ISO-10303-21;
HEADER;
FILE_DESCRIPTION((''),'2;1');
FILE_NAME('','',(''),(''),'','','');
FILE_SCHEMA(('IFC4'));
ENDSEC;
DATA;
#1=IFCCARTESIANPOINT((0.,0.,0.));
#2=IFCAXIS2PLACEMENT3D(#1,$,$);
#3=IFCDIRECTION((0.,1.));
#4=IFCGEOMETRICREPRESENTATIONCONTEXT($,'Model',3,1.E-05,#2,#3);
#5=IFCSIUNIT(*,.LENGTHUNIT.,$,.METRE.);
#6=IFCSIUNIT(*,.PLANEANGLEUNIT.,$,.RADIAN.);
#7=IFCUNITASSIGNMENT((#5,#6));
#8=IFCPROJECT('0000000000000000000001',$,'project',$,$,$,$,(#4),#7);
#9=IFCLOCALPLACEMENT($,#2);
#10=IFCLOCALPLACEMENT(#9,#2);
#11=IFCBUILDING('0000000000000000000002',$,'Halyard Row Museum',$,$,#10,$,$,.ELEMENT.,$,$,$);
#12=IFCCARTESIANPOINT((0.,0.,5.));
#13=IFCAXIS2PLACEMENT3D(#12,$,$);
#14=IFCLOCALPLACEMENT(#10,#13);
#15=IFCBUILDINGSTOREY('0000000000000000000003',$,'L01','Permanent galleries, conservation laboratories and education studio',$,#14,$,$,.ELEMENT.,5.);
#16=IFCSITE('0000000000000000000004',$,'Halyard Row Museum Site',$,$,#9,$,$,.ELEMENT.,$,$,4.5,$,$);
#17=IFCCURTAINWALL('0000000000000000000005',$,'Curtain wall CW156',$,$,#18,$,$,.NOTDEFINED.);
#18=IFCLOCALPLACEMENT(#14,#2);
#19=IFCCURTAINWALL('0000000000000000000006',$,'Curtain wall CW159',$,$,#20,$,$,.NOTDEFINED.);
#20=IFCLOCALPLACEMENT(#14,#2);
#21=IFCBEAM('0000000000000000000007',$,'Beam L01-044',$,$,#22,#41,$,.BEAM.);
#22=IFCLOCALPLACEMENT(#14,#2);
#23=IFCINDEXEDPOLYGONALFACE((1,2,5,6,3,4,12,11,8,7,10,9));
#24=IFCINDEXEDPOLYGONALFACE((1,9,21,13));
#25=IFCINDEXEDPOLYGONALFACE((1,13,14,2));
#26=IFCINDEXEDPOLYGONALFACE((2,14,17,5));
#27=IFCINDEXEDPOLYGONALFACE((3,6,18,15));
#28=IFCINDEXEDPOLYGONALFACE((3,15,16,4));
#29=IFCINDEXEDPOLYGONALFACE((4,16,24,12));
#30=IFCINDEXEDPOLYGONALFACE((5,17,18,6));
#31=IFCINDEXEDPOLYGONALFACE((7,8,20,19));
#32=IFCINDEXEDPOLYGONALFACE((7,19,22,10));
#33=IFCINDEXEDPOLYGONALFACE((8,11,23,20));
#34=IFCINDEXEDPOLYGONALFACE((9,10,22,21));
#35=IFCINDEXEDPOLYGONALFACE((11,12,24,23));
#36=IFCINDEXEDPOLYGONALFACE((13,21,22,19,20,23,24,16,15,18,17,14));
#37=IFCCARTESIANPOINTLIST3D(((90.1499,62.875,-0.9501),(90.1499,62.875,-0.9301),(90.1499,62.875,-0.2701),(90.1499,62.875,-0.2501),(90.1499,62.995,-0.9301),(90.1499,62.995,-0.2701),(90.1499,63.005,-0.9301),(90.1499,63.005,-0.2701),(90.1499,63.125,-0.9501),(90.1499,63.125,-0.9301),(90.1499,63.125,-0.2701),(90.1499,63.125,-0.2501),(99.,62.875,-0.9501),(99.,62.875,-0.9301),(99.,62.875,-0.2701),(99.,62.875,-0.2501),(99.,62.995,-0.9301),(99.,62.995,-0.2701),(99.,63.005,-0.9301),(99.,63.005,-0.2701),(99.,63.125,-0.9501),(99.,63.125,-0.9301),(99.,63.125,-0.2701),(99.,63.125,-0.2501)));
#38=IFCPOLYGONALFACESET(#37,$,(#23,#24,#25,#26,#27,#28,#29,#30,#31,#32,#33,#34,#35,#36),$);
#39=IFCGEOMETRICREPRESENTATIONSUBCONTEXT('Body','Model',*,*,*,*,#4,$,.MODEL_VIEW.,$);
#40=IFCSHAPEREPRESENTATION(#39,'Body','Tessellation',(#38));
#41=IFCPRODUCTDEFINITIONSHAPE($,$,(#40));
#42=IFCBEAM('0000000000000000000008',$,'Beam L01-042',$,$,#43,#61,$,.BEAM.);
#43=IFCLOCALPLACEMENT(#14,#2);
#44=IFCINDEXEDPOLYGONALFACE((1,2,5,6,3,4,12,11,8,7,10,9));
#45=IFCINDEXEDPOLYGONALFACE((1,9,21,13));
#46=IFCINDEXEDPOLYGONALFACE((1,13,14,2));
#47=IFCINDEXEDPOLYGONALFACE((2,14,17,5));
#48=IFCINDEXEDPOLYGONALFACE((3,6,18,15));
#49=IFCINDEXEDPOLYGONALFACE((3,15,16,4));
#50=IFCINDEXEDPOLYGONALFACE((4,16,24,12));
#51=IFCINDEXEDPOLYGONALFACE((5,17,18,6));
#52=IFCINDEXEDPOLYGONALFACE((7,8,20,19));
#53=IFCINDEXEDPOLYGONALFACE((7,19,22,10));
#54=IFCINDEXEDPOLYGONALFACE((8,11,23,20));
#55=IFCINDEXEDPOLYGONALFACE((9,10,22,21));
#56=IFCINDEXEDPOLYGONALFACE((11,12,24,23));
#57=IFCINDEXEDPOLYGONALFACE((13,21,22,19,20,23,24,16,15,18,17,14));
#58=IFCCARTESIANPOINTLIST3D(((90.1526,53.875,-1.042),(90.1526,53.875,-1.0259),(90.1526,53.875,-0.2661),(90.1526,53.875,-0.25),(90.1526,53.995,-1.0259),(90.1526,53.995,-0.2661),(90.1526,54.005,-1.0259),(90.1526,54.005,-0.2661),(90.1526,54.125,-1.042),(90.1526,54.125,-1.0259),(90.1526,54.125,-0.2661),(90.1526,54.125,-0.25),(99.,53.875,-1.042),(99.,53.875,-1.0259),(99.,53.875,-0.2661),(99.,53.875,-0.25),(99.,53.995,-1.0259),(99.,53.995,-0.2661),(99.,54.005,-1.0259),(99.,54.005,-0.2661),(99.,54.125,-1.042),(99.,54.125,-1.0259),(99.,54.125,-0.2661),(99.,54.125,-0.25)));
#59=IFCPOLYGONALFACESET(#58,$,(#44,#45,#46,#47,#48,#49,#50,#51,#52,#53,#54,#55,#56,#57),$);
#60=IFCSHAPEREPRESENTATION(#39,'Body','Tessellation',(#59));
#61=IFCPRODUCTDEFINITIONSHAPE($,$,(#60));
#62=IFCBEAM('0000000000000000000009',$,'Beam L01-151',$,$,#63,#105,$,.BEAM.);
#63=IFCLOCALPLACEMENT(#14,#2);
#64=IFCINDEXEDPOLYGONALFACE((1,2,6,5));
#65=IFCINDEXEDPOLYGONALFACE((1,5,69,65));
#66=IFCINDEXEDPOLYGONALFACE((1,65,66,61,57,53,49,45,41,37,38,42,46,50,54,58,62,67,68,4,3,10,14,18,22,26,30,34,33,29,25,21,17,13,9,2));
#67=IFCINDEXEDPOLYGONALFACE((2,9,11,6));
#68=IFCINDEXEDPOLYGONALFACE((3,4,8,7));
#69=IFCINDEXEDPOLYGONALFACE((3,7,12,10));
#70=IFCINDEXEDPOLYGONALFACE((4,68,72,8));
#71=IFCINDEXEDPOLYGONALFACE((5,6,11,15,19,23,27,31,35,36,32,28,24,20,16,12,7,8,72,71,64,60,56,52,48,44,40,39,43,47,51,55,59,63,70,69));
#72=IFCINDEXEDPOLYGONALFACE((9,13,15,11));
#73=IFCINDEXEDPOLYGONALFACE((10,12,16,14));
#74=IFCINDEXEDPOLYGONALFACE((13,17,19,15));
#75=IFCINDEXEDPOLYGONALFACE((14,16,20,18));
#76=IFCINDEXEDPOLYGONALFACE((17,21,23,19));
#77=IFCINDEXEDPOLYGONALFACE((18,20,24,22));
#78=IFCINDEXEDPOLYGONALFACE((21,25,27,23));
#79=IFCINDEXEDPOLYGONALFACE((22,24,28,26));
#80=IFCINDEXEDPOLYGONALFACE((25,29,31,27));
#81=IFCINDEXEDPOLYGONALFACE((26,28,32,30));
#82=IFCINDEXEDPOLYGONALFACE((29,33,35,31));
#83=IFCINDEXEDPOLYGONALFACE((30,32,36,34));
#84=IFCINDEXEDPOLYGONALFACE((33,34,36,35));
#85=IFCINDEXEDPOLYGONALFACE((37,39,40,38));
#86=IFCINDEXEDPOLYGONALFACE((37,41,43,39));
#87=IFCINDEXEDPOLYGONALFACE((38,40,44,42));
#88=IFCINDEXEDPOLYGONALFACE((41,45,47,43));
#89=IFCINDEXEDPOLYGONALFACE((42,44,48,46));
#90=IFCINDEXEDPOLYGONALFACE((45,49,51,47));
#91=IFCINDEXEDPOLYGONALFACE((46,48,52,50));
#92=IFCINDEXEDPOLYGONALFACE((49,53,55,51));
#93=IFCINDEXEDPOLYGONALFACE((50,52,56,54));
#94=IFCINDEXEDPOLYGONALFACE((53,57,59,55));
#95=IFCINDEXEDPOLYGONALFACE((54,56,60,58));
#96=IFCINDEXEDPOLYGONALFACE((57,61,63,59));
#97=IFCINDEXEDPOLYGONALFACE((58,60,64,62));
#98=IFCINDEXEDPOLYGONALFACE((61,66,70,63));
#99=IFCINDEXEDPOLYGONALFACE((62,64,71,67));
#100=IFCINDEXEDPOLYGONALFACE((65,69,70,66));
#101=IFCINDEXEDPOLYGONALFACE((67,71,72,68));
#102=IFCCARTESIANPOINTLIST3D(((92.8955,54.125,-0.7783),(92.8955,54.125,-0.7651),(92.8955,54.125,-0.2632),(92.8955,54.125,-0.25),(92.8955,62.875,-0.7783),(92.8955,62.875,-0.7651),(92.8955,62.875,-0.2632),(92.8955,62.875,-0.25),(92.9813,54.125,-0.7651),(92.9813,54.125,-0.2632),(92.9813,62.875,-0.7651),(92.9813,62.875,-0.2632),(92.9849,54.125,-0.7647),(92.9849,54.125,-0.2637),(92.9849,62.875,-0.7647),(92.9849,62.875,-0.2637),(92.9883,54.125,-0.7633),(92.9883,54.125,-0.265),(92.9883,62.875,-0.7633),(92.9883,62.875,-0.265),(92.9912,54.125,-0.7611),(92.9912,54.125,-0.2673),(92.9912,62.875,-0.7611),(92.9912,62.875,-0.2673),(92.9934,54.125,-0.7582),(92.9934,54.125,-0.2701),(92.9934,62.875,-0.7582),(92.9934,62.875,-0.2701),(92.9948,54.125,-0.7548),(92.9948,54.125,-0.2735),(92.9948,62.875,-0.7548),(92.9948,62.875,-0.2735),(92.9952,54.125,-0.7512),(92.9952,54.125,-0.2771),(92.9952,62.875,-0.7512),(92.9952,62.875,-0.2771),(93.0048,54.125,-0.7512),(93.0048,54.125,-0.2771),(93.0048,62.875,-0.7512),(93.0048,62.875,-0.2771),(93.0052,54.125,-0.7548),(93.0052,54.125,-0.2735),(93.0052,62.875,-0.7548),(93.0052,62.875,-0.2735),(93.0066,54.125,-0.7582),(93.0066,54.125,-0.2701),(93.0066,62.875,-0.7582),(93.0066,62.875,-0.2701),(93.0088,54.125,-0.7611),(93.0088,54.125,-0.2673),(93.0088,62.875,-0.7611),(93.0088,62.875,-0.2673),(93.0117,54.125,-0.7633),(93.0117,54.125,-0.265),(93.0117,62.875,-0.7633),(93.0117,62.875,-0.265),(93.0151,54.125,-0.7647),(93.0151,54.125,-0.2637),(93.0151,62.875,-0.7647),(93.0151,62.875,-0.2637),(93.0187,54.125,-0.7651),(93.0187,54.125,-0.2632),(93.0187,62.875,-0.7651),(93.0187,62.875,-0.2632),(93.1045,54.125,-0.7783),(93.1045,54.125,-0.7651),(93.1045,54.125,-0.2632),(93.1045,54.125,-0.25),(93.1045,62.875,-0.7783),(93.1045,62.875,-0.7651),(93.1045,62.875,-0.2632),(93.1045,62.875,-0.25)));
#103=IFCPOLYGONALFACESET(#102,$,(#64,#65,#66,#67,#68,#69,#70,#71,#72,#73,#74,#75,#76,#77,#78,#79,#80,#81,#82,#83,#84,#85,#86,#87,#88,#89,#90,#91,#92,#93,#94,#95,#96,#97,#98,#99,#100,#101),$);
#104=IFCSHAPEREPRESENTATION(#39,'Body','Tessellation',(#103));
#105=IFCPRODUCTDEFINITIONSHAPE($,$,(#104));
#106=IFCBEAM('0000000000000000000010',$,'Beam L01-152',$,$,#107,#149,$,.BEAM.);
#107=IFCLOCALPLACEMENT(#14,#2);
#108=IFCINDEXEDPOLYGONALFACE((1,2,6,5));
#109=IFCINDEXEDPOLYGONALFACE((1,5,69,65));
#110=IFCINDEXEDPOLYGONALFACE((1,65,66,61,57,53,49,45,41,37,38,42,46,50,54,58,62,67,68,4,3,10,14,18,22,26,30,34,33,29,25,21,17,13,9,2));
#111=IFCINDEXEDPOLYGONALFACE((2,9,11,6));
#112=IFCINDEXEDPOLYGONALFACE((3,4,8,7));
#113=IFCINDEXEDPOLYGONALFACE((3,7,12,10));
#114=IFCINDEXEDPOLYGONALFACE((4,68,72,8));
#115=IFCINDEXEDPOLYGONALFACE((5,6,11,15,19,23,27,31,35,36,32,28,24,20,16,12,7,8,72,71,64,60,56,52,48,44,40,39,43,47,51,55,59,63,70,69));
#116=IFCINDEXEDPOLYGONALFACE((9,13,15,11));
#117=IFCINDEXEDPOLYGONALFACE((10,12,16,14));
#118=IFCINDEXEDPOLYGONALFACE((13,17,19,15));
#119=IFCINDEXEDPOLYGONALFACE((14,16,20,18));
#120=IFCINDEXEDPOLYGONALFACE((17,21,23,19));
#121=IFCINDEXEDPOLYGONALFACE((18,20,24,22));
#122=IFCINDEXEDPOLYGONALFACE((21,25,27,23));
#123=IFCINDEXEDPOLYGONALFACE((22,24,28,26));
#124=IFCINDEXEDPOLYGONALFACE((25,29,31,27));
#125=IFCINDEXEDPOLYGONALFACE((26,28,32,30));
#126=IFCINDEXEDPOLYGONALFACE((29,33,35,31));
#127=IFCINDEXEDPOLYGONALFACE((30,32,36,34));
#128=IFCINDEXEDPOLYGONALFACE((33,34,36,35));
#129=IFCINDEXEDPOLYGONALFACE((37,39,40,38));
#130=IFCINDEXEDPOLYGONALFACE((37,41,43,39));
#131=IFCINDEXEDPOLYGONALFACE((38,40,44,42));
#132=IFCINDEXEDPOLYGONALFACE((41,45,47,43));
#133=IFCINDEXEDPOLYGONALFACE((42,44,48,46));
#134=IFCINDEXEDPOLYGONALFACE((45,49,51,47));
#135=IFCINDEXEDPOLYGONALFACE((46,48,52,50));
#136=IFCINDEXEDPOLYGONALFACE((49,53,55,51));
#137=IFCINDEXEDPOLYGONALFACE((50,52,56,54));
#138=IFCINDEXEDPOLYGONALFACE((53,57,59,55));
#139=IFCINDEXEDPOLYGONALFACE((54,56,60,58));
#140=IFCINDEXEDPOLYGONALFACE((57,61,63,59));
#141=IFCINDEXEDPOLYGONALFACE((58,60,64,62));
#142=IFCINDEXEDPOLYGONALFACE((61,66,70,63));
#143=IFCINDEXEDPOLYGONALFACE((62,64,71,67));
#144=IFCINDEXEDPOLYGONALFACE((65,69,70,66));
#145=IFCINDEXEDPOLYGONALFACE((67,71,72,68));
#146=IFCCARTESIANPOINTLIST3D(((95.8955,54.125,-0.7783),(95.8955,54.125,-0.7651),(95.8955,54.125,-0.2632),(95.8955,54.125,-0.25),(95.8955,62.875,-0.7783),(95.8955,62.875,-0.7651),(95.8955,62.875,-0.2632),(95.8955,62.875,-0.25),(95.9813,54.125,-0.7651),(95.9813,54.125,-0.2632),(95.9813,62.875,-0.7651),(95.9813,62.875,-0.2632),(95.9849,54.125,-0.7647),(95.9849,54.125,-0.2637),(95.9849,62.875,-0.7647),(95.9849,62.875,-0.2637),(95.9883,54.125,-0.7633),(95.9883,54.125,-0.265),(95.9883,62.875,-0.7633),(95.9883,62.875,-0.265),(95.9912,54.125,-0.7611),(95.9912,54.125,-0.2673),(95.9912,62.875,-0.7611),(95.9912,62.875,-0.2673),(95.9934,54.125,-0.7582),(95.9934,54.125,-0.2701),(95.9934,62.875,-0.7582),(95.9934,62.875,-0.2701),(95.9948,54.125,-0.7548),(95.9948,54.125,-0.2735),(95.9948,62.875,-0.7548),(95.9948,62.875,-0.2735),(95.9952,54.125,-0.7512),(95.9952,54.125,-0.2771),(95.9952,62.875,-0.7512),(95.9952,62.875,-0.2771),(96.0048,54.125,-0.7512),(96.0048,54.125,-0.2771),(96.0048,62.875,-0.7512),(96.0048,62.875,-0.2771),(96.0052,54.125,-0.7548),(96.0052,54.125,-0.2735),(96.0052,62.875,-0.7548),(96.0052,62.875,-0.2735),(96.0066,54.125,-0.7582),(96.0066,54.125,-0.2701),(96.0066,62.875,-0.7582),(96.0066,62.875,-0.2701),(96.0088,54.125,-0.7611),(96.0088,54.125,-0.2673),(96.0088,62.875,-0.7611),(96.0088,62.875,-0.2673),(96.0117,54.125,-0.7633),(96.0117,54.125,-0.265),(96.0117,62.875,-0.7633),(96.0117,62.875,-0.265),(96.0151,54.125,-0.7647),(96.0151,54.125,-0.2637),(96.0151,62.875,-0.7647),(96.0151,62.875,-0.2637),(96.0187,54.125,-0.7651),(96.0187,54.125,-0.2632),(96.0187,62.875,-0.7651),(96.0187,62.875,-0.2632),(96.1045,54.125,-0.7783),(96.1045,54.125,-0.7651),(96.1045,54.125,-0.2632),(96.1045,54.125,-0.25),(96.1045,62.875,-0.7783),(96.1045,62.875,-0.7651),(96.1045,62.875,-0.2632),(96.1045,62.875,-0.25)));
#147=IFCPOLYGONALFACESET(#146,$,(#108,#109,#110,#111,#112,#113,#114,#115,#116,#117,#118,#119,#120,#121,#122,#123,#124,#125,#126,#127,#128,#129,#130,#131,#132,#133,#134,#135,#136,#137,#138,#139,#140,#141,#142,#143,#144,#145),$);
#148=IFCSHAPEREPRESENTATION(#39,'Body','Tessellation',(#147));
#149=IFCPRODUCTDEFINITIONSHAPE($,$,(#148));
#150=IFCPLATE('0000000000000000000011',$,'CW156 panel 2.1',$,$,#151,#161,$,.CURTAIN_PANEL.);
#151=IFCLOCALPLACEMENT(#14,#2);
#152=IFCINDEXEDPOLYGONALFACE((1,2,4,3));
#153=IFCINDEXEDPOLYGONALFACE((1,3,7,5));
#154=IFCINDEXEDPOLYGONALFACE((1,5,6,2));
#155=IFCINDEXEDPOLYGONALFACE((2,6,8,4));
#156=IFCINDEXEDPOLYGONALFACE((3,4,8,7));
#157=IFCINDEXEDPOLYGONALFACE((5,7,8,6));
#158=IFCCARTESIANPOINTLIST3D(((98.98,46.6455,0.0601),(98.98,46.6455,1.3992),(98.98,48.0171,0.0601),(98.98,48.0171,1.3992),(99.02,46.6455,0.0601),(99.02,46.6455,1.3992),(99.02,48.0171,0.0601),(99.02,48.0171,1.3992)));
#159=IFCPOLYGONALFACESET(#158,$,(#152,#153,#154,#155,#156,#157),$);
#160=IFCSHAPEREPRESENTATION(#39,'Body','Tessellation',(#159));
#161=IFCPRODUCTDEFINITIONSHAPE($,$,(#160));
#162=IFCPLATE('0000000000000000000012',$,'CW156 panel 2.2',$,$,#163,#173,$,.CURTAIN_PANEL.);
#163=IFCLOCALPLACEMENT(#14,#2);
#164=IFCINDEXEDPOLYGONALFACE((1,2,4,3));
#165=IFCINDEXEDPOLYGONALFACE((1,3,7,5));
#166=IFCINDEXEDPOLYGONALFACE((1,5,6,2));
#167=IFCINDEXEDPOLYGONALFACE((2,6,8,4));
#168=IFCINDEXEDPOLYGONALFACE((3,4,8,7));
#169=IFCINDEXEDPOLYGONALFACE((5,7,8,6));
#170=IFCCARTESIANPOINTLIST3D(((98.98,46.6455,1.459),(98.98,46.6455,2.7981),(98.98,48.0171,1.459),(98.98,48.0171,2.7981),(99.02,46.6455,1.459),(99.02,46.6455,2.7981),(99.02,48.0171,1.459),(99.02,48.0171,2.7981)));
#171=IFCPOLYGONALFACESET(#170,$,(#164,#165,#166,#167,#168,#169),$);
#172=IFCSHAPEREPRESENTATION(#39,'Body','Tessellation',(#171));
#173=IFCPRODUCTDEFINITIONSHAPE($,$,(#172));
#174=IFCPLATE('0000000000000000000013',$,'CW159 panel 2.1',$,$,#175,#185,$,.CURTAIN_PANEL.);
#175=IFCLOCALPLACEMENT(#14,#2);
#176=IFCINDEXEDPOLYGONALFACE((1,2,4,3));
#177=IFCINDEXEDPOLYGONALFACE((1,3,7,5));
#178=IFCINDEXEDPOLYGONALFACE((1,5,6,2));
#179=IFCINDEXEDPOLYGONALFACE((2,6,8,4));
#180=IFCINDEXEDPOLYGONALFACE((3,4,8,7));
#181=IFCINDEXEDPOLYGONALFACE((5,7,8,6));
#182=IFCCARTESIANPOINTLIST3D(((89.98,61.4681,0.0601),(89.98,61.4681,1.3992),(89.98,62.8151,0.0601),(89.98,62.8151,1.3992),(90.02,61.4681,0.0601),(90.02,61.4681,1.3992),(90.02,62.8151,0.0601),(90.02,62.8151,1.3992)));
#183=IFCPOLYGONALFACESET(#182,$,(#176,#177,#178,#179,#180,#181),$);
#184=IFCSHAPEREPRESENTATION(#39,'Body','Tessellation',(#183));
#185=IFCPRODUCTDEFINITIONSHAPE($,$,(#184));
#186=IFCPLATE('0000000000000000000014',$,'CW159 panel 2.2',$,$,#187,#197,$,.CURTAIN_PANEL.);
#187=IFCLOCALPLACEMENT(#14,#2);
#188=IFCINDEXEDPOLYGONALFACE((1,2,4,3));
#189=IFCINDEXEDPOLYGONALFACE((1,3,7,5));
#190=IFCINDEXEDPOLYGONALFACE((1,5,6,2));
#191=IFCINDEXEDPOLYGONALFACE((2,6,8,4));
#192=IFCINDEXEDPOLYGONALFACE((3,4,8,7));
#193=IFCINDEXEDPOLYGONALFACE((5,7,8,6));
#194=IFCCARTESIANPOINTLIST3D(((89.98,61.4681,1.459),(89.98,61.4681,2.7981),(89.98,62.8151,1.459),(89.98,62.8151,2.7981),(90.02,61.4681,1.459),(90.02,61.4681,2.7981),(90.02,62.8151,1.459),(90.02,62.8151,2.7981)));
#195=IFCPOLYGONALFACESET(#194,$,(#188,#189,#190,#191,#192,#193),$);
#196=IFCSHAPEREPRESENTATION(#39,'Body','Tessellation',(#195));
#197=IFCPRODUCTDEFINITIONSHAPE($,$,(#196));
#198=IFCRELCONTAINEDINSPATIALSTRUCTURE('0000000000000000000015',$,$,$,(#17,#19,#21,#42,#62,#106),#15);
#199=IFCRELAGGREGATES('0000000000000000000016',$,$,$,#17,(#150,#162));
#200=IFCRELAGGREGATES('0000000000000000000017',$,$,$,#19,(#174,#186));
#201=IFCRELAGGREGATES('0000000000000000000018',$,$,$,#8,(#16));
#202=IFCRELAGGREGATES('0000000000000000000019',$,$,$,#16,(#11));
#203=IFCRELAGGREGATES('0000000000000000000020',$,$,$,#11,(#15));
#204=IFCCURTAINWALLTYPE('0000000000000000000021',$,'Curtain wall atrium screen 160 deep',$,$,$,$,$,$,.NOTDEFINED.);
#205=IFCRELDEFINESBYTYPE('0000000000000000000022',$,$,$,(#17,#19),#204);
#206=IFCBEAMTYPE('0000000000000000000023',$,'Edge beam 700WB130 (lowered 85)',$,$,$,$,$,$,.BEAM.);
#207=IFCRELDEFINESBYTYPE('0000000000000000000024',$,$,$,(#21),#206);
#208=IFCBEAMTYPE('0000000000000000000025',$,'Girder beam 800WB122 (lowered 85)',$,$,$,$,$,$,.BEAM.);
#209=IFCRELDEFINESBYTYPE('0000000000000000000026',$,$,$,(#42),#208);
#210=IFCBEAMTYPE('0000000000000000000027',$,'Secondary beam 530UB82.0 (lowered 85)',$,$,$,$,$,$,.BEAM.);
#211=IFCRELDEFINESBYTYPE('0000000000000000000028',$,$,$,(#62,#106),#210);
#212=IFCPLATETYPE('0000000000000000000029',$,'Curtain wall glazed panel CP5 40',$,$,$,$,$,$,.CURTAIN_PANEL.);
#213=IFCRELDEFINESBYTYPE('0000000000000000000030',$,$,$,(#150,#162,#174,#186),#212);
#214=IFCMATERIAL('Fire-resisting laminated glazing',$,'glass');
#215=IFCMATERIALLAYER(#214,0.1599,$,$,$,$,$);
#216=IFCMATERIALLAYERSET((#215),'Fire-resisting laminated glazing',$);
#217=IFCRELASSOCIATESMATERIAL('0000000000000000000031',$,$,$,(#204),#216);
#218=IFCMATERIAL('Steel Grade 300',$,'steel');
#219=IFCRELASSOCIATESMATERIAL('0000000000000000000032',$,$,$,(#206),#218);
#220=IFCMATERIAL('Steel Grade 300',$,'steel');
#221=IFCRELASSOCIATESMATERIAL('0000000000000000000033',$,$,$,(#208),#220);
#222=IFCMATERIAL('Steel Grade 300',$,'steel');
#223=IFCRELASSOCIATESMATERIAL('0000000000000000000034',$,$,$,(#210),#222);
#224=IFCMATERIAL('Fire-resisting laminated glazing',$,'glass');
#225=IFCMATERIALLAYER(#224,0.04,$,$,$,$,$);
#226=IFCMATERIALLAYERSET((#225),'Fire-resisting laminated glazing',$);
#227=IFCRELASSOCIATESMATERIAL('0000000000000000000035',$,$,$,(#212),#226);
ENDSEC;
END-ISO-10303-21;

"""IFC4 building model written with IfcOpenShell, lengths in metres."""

from ifc_helpers import new_model, si_unit, direction, frame, origin, origin_2d, place, context, subcontext, project, spatial, rectangle, i_section, extrude, material, layer, layer_set, material_profile, profile_set, type_object, element, aggregate, save


model = new_model("IFC4")

# Units and contexts
model_context = context("Model", 3, precision=1e-05, world=origin(), true_north=direction((0.0, 1.0)))
body_context = subcontext(model_context, "Body", "Model", "MODEL_VIEW")
ifc_project = project(units=[si_unit("LENGTHUNIT", "METRE"), si_unit("PLANEANGLEUNIT", "RADIAN")], contexts=[model_context])

# Site, building, storey
site_placement = place(None, origin())
site = spatial("IfcSite", under=ifc_project, at=site_placement, Name="Halyard Row Museum Site", CompositionType="ELEMENT", RefElevation=4.5)
building_placement = place(site_placement, origin())
building = spatial("IfcBuilding", under=site, at=building_placement, Name="Halyard Row Museum", CompositionType="ELEMENT")
storey_placement = place(building_placement, frame((0.0, 0.0, 5.0)))
storey = spatial("IfcBuildingStorey", under=building, at=storey_placement, Name="L01", Description="Permanent galleries, conservation laboratories and education studio", CompositionType="ELEMENT", Elevation=5.0)

# Curtain walls
ifc_material_1 = material(Name="Fire-resisting laminated glazing", Category="glass")
ifc_layer_1 = layer(ifc_material_1, 0.1599)
ifc_layer_set_1 = layer_set([ifc_layer_1], Name="Fire-resisting laminated glazing")
curtain_wall_type = type_object("IfcCurtainWallType", Name="Curtain wall atrium screen 160 deep", PredefinedType="NOTDEFINED", material=ifc_layer_set_1)
curtain_wall_1_placement = place(storey_placement, origin())
curtain_wall_1 = element("IfcCurtainWall", 1, at=curtain_wall_1_placement, inside=storey, type_object=curtain_wall_type, Name="Curtain wall CW156", PredefinedType="NOTDEFINED")
curtain_wall_2_placement = place(storey_placement, origin())
curtain_wall_2 = element("IfcCurtainWall", 2, at=curtain_wall_2_placement, inside=storey, type_object=curtain_wall_type, Name="Curtain wall CW159", PredefinedType="NOTDEFINED")

# Beams
ifc_material_2 = material(Name="Steel Grade 300", Category="steel")
ifc_material_profile_1 = material_profile(ifc_material_2, i_section(OverallWidth=0.25, OverallDepth=0.7, WebThickness=0.01, FlangeThickness=0.02, at=origin_2d()), Name="700WB130")
ifc_profile_set_1 = profile_set([ifc_material_profile_1], Name="Steel Grade 300")
beam_type_1 = type_object("IfcBeamType", Name="Edge beam 700WB130 (lowered 85)", PredefinedType="BEAM", material=ifc_profile_set_1)
beam_1_placement = place(storey_placement, frame((90.1499, 63.0, -0.6001), z_axis=(1.0, 0.0, 0.0), x_axis=(0.0, 1.0, 0.0)))
element("IfcBeam", 3, at=beam_1_placement, inside=storey, type_object=beam_type_1, Name="Beam L01-044", PredefinedType="BEAM", context=body_context, shape_type="SweptSolid", body=[
    extrude(i_section(OverallWidth=0.25, OverallDepth=0.7, WebThickness=0.01, FlangeThickness=0.02, at=origin_2d()), origin(), (0.0, 0.0, 1.0), 8.8501),
])
ifc_material_3 = material(Name="Steel Grade 300", Category="steel")
ifc_material_profile_2 = material_profile(ifc_material_3, i_section(OverallWidth=0.25, OverallDepth=0.792, WebThickness=0.01, FlangeThickness=0.0161, at=origin_2d()), Name="800WB122")
ifc_profile_set_2 = profile_set([ifc_material_profile_2], Name="Steel Grade 300")
beam_type_2 = type_object("IfcBeamType", Name="Girder beam 800WB122 (lowered 85)", PredefinedType="BEAM", material=ifc_profile_set_2)
beam_2_placement = place(storey_placement, frame((90.1526, 54.0, -0.646), z_axis=(1.0, 0.0, 0.0), x_axis=(0.0, 1.0, 0.0)))
element("IfcBeam", 4, at=beam_2_placement, inside=storey, type_object=beam_type_2, Name="Beam L01-042", PredefinedType="BEAM", context=body_context, shape_type="SweptSolid", body=[
    extrude(i_section(OverallWidth=0.25, OverallDepth=0.792, WebThickness=0.01, FlangeThickness=0.0161, at=origin_2d()), origin(), (0.0, 0.0, 1.0), 8.8474),
])
ifc_material_4 = material(Name="Steel Grade 300", Category="steel")
ifc_material_profile_3 = material_profile(ifc_material_4, i_section(OverallWidth=0.209, OverallDepth=0.5283, WebThickness=0.0095, FlangeThickness=0.0132, FilletRadius=0.0139, at=origin_2d()), Name="530UB82.0")
ifc_profile_set_3 = profile_set([ifc_material_profile_3], Name="Steel Grade 300")
beam_type_3 = type_object("IfcBeamType", Name="Secondary beam 530UB82.0 (lowered 85)", PredefinedType="BEAM", material=ifc_profile_set_3)
for number, where, z_axis, x_axis, name in (
    (5, (93.0, 54.125, -0.5142), (0.0, 1.0, 0.0), (-1.0, 0.0, 0.0), "Beam L01-151"),
    (6, (96.0, 54.125, -0.5142), (0.0, 1.0, 0.0), (-1.0, 0.0, 0.0), "Beam L01-152"),
):
    element("IfcBeam", number, at=place(storey_placement, frame(where, z_axis=z_axis, x_axis=x_axis)), inside=storey, type_object=beam_type_3, Name=name, PredefinedType="BEAM", context=body_context, shape_type="SweptSolid", body=[
        extrude(i_section(OverallWidth=0.209, OverallDepth=0.5283, WebThickness=0.0095, FlangeThickness=0.0132, FilletRadius=0.0139, at=origin_2d()), origin(), (0.0, 0.0, 1.0), 8.75),
    ])

# Plates
ifc_material_5 = material(Name="Fire-resisting laminated glazing", Category="glass")
ifc_layer_2 = layer(ifc_material_5, 0.04)
ifc_layer_set_2 = layer_set([ifc_layer_2], Name="Fire-resisting laminated glazing")
plate_type = type_object("IfcPlateType", Name="Curtain wall glazed panel CP5 40", PredefinedType="CURTAIN_PANEL", material=ifc_layer_set_2)
plate_1_placement = place(storey_placement, frame((99.0, 47.3313, 0.0601), z_axis=(0.0, 0.0, 1.0), x_axis=(0.0, 1.0, 0.0)))
plate_1 = element("IfcPlate", 7, at=plate_1_placement, type_object=plate_type, Name="CW156 panel 2.1", PredefinedType="CURTAIN_PANEL", context=body_context, shape_type="SweptSolid", body=[
    extrude(rectangle(XDim=1.3716, YDim=0.04, at=origin_2d()), origin(), (0.0, 0.0, 1.0), 1.3391),
])
plate_2_placement = place(storey_placement, frame((99.0, 47.3313, 1.459), z_axis=(0.0, 0.0, 1.0), x_axis=(0.0, 1.0, 0.0)))
plate_2 = element("IfcPlate", 8, at=plate_2_placement, type_object=plate_type, Name="CW156 panel 2.2", PredefinedType="CURTAIN_PANEL", context=body_context, shape_type="SweptSolid", body=[
    extrude(rectangle(XDim=1.3716, YDim=0.04, at=origin_2d()), origin(), (0.0, 0.0, 1.0), 1.3391),
])
aggregate(curtain_wall_1, [plate_1, plate_2])
plate_3_placement = place(storey_placement, frame((90.0, 62.1416, 0.0601), z_axis=(0.0, 0.0, 1.0), x_axis=(0.0, 1.0, 0.0)))
plate_3 = element("IfcPlate", 9, at=plate_3_placement, type_object=plate_type, Name="CW159 panel 2.1", PredefinedType="CURTAIN_PANEL", context=body_context, shape_type="SweptSolid", body=[
    extrude(rectangle(XDim=1.3469, YDim=0.04, at=origin_2d()), origin(), (0.0, 0.0, 1.0), 1.3391),
])
plate_4_placement = place(storey_placement, frame((90.0, 62.1416, 1.459), z_axis=(0.0, 0.0, 1.0), x_axis=(0.0, 1.0, 0.0)))
plate_4 = element("IfcPlate", 10, at=plate_4_placement, type_object=plate_type, Name="CW159 panel 2.2", PredefinedType="CURTAIN_PANEL", context=body_context, shape_type="SweptSolid", body=[
    extrude(rectangle(XDim=1.3469, YDim=0.04, at=origin_2d()), origin(), (0.0, 0.0, 1.0), 1.3391),
])
aggregate(curtain_wall_2, [plate_3, plate_4])

save(model, "model.ifc")
